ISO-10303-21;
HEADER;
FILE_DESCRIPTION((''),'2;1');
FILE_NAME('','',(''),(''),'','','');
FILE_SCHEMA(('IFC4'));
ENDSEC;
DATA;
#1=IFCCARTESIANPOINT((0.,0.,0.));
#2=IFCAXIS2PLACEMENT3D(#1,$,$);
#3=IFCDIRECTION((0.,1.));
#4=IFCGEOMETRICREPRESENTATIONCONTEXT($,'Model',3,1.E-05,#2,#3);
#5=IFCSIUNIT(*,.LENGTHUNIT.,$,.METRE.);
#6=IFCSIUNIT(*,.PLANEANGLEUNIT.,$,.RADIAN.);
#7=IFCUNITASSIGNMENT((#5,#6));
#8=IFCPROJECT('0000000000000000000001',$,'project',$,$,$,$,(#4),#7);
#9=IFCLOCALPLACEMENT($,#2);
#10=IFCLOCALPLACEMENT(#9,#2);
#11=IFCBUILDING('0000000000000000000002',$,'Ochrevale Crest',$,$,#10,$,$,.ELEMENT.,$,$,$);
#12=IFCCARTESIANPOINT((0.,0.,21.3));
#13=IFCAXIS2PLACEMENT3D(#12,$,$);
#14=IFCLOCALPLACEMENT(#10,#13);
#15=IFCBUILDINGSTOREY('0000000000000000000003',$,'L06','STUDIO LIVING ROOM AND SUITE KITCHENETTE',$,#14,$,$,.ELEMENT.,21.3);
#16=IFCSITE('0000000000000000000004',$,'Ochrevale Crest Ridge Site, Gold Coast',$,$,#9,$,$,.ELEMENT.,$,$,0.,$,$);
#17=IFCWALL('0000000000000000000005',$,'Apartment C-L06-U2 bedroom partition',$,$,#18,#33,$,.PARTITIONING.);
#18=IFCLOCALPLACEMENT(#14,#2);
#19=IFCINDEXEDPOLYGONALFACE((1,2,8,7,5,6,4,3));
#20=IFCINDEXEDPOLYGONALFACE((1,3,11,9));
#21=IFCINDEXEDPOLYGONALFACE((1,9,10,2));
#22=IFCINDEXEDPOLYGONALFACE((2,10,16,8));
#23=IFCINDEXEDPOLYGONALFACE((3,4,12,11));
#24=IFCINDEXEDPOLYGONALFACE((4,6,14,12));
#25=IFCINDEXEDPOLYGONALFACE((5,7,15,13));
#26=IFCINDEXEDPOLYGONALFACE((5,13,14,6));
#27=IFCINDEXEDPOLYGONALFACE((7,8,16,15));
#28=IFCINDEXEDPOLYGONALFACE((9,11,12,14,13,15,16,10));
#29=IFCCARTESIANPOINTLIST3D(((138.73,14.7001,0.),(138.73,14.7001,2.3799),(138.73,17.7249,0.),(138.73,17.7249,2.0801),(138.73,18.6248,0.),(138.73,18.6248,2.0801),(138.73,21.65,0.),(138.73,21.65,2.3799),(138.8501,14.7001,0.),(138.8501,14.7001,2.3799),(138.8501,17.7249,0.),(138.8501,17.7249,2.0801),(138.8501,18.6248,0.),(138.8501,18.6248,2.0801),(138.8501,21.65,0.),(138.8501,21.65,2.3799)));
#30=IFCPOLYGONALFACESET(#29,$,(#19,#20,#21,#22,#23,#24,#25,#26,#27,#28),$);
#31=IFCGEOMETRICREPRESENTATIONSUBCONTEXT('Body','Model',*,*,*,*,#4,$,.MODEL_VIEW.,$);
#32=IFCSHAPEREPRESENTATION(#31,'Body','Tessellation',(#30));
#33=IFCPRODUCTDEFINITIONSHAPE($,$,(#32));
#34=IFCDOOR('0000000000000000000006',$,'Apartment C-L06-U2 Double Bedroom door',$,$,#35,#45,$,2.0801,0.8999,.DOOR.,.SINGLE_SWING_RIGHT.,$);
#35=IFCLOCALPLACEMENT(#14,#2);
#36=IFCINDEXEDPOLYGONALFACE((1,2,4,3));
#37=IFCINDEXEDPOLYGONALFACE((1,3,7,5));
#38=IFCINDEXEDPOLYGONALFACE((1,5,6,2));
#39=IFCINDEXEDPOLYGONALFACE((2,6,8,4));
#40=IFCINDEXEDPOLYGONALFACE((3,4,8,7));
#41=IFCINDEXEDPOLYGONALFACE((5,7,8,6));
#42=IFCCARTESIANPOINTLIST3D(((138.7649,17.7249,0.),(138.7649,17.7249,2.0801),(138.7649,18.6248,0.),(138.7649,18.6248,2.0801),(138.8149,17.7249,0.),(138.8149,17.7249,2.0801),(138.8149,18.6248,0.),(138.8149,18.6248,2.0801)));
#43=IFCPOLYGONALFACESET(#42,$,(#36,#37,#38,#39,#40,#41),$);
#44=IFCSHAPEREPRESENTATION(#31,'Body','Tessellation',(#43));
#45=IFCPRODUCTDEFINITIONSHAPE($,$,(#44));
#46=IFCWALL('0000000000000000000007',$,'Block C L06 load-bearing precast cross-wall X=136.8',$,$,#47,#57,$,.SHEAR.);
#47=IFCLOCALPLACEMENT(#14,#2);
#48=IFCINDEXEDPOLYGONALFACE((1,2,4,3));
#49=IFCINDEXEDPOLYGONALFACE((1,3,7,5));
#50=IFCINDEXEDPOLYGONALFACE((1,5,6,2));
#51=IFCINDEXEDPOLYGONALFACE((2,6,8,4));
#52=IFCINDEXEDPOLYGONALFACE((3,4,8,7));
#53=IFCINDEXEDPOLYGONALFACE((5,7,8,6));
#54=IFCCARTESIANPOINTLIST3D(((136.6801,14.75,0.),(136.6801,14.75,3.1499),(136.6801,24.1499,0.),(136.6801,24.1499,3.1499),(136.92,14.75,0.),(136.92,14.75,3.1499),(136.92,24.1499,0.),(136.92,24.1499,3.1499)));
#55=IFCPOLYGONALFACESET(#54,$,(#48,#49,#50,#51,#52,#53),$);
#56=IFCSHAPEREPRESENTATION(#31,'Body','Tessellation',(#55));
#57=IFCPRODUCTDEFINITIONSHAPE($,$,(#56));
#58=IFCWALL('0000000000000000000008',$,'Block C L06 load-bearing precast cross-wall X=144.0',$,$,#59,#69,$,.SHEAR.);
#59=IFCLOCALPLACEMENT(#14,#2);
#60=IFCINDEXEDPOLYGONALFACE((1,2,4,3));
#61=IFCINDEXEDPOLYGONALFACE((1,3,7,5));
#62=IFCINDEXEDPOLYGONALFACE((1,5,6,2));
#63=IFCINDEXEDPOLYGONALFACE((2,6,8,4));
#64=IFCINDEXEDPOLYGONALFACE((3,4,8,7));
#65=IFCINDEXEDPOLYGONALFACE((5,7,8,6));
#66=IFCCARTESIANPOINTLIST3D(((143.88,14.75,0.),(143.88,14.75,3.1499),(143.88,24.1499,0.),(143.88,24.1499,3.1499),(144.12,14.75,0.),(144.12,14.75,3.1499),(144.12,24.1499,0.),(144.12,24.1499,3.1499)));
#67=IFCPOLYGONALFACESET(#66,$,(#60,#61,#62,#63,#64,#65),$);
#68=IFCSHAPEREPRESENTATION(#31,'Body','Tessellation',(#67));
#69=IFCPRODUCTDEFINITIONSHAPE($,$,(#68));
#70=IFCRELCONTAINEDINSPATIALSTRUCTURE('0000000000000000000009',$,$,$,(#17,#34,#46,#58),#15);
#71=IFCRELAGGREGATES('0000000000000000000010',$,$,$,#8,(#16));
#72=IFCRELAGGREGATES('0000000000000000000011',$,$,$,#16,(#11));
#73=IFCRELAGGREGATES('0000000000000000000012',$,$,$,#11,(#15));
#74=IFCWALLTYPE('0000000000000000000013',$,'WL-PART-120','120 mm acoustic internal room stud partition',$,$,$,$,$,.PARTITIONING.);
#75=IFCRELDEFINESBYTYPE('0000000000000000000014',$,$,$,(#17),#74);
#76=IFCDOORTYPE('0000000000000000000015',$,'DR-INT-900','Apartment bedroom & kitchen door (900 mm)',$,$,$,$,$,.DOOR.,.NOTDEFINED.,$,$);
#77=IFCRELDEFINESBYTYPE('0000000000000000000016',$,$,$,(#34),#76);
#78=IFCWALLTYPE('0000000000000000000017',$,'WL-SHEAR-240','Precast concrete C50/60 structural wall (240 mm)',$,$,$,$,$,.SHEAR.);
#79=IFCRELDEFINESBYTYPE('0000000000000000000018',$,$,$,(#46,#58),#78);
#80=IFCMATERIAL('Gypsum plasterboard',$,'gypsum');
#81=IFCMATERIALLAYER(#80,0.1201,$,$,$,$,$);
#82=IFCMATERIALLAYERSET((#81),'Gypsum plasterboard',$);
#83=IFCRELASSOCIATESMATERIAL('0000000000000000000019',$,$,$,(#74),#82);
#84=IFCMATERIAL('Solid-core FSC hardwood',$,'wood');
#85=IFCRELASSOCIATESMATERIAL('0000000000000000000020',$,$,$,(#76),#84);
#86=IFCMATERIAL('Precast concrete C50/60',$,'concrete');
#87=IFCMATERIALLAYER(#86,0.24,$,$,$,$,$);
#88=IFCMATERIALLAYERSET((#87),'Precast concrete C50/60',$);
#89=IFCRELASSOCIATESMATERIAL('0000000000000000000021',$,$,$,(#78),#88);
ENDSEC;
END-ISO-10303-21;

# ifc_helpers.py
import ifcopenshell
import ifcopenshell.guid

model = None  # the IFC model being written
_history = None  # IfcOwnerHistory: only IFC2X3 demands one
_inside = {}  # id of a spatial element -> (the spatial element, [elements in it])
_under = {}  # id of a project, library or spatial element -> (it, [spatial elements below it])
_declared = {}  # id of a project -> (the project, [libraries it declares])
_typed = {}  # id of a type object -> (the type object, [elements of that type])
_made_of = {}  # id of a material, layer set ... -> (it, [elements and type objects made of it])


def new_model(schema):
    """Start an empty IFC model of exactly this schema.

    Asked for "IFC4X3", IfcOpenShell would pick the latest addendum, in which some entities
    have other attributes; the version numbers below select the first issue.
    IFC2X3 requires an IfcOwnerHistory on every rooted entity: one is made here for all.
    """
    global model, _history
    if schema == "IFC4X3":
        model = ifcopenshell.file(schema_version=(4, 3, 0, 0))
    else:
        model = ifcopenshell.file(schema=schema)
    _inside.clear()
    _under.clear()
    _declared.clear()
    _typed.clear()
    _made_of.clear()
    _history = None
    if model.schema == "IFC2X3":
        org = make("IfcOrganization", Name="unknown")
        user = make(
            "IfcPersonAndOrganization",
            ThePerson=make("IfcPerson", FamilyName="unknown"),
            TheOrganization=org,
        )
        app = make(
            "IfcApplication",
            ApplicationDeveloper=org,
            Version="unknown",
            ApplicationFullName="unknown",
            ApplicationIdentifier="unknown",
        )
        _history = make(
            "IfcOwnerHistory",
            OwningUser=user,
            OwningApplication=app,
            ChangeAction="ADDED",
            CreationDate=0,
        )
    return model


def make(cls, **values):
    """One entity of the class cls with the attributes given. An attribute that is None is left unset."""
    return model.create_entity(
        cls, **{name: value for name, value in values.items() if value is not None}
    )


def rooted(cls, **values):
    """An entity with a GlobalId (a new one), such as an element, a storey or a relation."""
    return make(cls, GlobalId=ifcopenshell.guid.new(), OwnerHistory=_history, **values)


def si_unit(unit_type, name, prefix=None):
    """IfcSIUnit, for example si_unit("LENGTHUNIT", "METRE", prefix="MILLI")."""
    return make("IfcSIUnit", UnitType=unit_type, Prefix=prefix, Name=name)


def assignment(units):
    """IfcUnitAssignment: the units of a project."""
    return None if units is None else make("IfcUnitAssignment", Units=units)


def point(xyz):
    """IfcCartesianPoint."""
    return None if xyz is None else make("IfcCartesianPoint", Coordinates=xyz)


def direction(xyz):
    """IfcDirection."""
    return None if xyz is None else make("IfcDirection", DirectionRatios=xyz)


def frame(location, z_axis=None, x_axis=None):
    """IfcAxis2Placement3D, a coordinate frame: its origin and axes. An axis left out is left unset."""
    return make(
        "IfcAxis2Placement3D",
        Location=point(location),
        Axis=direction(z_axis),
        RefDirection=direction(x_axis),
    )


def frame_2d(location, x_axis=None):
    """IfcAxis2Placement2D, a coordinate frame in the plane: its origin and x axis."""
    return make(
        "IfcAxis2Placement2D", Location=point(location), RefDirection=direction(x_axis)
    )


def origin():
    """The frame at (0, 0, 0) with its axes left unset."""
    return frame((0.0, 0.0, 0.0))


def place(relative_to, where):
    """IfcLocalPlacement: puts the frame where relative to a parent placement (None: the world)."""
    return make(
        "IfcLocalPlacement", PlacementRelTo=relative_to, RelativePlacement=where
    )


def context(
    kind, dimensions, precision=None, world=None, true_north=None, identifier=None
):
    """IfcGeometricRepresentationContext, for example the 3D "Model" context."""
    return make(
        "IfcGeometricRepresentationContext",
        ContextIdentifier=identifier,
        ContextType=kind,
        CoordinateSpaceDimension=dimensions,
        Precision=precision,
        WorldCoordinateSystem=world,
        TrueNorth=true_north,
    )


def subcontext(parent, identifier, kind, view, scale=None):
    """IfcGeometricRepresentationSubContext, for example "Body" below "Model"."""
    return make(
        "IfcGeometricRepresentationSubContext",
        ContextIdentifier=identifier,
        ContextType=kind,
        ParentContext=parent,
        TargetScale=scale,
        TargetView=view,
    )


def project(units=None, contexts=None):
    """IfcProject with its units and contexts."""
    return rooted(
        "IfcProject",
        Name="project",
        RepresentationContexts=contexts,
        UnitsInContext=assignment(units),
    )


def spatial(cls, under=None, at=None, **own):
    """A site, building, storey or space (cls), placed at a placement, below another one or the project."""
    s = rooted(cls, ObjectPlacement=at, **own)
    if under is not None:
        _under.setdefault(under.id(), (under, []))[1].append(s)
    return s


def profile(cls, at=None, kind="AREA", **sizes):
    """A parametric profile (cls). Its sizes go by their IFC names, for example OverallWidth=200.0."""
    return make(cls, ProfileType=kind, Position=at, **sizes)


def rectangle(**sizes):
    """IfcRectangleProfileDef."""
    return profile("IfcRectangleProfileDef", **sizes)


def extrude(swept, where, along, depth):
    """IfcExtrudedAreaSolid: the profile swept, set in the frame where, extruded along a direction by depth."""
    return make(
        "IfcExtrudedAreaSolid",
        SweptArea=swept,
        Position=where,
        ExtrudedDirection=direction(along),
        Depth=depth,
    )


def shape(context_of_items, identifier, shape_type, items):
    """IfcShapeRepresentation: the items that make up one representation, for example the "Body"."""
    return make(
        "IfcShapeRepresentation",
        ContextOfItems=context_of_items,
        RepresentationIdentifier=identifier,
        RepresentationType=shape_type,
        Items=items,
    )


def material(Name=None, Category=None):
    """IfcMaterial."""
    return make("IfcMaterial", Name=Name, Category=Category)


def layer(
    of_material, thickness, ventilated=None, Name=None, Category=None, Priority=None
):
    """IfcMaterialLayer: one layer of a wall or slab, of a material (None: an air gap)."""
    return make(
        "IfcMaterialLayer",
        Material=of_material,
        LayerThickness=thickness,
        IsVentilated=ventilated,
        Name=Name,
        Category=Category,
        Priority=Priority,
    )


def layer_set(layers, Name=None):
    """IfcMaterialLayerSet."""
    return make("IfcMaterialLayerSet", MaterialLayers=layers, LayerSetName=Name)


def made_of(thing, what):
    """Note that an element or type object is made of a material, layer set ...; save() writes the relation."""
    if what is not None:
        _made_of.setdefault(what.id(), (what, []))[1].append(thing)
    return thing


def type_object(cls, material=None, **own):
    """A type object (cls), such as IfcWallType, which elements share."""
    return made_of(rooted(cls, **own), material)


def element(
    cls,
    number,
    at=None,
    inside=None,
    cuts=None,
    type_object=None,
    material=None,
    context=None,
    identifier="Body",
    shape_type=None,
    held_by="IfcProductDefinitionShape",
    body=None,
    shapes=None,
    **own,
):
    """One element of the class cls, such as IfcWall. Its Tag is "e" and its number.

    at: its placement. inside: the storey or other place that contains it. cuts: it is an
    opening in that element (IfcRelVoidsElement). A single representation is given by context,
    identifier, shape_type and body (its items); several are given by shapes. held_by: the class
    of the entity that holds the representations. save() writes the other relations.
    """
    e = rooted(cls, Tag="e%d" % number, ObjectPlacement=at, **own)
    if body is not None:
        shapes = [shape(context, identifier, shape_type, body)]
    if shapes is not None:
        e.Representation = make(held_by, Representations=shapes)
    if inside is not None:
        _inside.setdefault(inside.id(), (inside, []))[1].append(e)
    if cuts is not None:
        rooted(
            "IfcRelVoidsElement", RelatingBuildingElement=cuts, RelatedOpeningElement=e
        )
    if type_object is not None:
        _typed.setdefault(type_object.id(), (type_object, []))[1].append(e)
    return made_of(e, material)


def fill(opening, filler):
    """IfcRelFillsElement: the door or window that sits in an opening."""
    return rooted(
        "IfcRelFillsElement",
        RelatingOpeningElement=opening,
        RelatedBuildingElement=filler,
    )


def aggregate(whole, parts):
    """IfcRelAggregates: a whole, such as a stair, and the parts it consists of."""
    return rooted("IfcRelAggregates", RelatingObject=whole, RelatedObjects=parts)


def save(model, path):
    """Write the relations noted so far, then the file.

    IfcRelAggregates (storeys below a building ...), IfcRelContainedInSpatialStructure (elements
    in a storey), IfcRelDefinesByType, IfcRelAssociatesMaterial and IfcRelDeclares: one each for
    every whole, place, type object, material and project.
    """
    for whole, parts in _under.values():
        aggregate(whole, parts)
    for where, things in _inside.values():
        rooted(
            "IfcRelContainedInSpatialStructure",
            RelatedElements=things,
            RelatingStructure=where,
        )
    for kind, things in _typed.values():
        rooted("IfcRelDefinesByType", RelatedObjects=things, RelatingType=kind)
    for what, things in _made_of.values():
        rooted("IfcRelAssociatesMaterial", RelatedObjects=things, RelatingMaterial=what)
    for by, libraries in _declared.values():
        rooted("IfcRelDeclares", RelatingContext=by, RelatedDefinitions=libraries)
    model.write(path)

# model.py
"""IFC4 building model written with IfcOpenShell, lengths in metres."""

from ifc_helpers import new_model, si_unit, direction, frame, frame_2d, origin, place, context, subcontext, project, spatial, rectangle, extrude, material, layer, layer_set, type_object, element, fill, save


model = new_model("IFC4")

# Units and contexts
model_context = context("Model", 3, precision=1e-05, world=origin(), true_north=direction((0.0, 1.0)))
body_context = subcontext(model_context, "Body", "Model", "MODEL_VIEW")
ifc_project = project(units=[si_unit("LENGTHUNIT", "METRE"), si_unit("PLANEANGLEUNIT", "RADIAN")], contexts=[model_context])

# Site, building, storey
site_placement = place(None, origin())
site = spatial("IfcSite", under=ifc_project, at=site_placement, Name="Ochrevale Crest Ridge Site, Gold Coast", CompositionType="ELEMENT", RefElevation=0.0)
building_placement = place(site_placement, origin())
building = spatial("IfcBuilding", under=site, at=building_placement, Name="Ochrevale Crest", CompositionType="ELEMENT")
storey_placement = place(building_placement, frame((0.0, 0.0, 21.3)))
storey = spatial("IfcBuildingStorey", under=building, at=storey_placement, Name="L06", Description="STUDIO LIVING ROOM AND SUITE KITCHENETTE", CompositionType="ELEMENT", Elevation=21.3)

# Shared definitions
ifc_material_1 = material(Name="Precast concrete C50/60", Category="concrete")

# Shared definitions
ifc_material_2 = material(Name="Gypsum plasterboard", Category="gypsum")
ifc_layer_1 = layer(ifc_material_2, 0.1201)
ifc_layer_set_1 = layer_set([ifc_layer_1], Name="Gypsum plasterboard")
wall_type_1 = type_object("IfcWallType", Name="WL-PART-120", Description="120 mm acoustic internal room stud partition", PredefinedType="PARTITIONING", material=ifc_layer_set_1)

# Shared definitions
ifc_material_3 = material(Name="Solid-core FSC hardwood", Category="wood")
door_type_1 = type_object("IfcDoorType", Name="DR-INT-900", Description="Apartment bedroom & kitchen door (900 mm)", OperationType="NOTDEFINED", PredefinedType="DOOR", material=ifc_material_3)

# Wall, opening, door
wall_1_placement = place(storey_placement, frame((138.79, 14.7, 0.0), z_axis=(0.0, 0.0, 1.0), x_axis=(0.0, 1.0, 0.0)))
wall_1 = element("IfcWall", 1, at=wall_1_placement, inside=storey, type_object=wall_type_1, Name="Apartment C-L06-U2 bedroom partition", PredefinedType="PARTITIONING", context=body_context, shape_type="SweptSolid", body=[
    extrude(rectangle(XDim=6.95, YDim=0.1201, at=frame_2d((3.4751, 0.0))), origin(), (0.0, 0.0, 1.0), 2.3799),
])
opening_1_placement = place(wall_1_placement, frame((3.9248, 0.0, 0.0), z_axis=(0.0, 0.0, 1.0), x_axis=(-1.0, 0.0, 0.0)))
opening_1 = element("IfcOpeningElement", 2, at=opening_1_placement, cuts=wall_1, PredefinedType="OPENING", context=body_context, shape_type="SweptSolid", body=[
    extrude(rectangle(XDim=0.8999, YDim=2.0801, at=frame_2d((0.45, 1.04))), frame((0.0, 0.0701, 0.0), z_axis=(0.0, -1.0, 0.0), x_axis=(1.0, 0.0, 0.0)), (0.0, 0.0, 1.0), 0.1401),
])
door_1_placement = place(opening_1_placement, origin())
door_1 = element("IfcDoor", 3, at=door_1_placement, inside=storey, type_object=door_type_1, Name="Apartment C-L06-U2 Double Bedroom door", OperationType="SINGLE_SWING_RIGHT", OverallHeight=2.0801, OverallWidth=0.8999, PredefinedType="DOOR", context=body_context, shape_type="SweptSolid", body=[
    extrude(rectangle(XDim=0.8999, YDim=2.0801, at=frame_2d((0.45, 1.04))), frame((0.0, 0.0249, 0.0), z_axis=(0.0, -1.0, 0.0), x_axis=(1.0, 0.0, 0.0)), (0.0, 0.0, 1.0), 0.05),
])
fill(opening_1, door_1)

# Walls
ifc_layer_2 = layer(ifc_material_1, 0.24)
ifc_layer_set_2 = layer_set([ifc_layer_2], Name="Precast concrete C50/60")
wall_type_2 = type_object("IfcWallType", Name="WL-SHEAR-240", Description="Precast concrete C50/60 structural wall (240 mm)", PredefinedType="SHEAR", material=ifc_layer_set_2)
for number, where, z_axis, x_axis, name in (
    (4, (136.8, 14.75, 0.0), (0.0, 0.0, 1.0), (0.0, 1.0, 0.0), "Block C L06 load-bearing precast cross-wall X=136.8"),
    (5, (144.0, 14.75, 0.0), (0.0, 0.0, 1.0), (0.0, 1.0, 0.0), "Block C L06 load-bearing precast cross-wall X=144.0"),
):
    element("IfcWall", number, at=place(storey_placement, frame(where, z_axis=z_axis, x_axis=x_axis)), inside=storey, type_object=wall_type_2, Name=name, PredefinedType="SHEAR", context=body_context, shape_type="SweptSolid", body=[
        extrude(rectangle(XDim=9.3999, YDim=0.24, at=frame_2d((4.7, 0.0))), origin(), (0.0, 0.0, 1.0), 3.1499),
    ])

save(model, "model.ifc")
